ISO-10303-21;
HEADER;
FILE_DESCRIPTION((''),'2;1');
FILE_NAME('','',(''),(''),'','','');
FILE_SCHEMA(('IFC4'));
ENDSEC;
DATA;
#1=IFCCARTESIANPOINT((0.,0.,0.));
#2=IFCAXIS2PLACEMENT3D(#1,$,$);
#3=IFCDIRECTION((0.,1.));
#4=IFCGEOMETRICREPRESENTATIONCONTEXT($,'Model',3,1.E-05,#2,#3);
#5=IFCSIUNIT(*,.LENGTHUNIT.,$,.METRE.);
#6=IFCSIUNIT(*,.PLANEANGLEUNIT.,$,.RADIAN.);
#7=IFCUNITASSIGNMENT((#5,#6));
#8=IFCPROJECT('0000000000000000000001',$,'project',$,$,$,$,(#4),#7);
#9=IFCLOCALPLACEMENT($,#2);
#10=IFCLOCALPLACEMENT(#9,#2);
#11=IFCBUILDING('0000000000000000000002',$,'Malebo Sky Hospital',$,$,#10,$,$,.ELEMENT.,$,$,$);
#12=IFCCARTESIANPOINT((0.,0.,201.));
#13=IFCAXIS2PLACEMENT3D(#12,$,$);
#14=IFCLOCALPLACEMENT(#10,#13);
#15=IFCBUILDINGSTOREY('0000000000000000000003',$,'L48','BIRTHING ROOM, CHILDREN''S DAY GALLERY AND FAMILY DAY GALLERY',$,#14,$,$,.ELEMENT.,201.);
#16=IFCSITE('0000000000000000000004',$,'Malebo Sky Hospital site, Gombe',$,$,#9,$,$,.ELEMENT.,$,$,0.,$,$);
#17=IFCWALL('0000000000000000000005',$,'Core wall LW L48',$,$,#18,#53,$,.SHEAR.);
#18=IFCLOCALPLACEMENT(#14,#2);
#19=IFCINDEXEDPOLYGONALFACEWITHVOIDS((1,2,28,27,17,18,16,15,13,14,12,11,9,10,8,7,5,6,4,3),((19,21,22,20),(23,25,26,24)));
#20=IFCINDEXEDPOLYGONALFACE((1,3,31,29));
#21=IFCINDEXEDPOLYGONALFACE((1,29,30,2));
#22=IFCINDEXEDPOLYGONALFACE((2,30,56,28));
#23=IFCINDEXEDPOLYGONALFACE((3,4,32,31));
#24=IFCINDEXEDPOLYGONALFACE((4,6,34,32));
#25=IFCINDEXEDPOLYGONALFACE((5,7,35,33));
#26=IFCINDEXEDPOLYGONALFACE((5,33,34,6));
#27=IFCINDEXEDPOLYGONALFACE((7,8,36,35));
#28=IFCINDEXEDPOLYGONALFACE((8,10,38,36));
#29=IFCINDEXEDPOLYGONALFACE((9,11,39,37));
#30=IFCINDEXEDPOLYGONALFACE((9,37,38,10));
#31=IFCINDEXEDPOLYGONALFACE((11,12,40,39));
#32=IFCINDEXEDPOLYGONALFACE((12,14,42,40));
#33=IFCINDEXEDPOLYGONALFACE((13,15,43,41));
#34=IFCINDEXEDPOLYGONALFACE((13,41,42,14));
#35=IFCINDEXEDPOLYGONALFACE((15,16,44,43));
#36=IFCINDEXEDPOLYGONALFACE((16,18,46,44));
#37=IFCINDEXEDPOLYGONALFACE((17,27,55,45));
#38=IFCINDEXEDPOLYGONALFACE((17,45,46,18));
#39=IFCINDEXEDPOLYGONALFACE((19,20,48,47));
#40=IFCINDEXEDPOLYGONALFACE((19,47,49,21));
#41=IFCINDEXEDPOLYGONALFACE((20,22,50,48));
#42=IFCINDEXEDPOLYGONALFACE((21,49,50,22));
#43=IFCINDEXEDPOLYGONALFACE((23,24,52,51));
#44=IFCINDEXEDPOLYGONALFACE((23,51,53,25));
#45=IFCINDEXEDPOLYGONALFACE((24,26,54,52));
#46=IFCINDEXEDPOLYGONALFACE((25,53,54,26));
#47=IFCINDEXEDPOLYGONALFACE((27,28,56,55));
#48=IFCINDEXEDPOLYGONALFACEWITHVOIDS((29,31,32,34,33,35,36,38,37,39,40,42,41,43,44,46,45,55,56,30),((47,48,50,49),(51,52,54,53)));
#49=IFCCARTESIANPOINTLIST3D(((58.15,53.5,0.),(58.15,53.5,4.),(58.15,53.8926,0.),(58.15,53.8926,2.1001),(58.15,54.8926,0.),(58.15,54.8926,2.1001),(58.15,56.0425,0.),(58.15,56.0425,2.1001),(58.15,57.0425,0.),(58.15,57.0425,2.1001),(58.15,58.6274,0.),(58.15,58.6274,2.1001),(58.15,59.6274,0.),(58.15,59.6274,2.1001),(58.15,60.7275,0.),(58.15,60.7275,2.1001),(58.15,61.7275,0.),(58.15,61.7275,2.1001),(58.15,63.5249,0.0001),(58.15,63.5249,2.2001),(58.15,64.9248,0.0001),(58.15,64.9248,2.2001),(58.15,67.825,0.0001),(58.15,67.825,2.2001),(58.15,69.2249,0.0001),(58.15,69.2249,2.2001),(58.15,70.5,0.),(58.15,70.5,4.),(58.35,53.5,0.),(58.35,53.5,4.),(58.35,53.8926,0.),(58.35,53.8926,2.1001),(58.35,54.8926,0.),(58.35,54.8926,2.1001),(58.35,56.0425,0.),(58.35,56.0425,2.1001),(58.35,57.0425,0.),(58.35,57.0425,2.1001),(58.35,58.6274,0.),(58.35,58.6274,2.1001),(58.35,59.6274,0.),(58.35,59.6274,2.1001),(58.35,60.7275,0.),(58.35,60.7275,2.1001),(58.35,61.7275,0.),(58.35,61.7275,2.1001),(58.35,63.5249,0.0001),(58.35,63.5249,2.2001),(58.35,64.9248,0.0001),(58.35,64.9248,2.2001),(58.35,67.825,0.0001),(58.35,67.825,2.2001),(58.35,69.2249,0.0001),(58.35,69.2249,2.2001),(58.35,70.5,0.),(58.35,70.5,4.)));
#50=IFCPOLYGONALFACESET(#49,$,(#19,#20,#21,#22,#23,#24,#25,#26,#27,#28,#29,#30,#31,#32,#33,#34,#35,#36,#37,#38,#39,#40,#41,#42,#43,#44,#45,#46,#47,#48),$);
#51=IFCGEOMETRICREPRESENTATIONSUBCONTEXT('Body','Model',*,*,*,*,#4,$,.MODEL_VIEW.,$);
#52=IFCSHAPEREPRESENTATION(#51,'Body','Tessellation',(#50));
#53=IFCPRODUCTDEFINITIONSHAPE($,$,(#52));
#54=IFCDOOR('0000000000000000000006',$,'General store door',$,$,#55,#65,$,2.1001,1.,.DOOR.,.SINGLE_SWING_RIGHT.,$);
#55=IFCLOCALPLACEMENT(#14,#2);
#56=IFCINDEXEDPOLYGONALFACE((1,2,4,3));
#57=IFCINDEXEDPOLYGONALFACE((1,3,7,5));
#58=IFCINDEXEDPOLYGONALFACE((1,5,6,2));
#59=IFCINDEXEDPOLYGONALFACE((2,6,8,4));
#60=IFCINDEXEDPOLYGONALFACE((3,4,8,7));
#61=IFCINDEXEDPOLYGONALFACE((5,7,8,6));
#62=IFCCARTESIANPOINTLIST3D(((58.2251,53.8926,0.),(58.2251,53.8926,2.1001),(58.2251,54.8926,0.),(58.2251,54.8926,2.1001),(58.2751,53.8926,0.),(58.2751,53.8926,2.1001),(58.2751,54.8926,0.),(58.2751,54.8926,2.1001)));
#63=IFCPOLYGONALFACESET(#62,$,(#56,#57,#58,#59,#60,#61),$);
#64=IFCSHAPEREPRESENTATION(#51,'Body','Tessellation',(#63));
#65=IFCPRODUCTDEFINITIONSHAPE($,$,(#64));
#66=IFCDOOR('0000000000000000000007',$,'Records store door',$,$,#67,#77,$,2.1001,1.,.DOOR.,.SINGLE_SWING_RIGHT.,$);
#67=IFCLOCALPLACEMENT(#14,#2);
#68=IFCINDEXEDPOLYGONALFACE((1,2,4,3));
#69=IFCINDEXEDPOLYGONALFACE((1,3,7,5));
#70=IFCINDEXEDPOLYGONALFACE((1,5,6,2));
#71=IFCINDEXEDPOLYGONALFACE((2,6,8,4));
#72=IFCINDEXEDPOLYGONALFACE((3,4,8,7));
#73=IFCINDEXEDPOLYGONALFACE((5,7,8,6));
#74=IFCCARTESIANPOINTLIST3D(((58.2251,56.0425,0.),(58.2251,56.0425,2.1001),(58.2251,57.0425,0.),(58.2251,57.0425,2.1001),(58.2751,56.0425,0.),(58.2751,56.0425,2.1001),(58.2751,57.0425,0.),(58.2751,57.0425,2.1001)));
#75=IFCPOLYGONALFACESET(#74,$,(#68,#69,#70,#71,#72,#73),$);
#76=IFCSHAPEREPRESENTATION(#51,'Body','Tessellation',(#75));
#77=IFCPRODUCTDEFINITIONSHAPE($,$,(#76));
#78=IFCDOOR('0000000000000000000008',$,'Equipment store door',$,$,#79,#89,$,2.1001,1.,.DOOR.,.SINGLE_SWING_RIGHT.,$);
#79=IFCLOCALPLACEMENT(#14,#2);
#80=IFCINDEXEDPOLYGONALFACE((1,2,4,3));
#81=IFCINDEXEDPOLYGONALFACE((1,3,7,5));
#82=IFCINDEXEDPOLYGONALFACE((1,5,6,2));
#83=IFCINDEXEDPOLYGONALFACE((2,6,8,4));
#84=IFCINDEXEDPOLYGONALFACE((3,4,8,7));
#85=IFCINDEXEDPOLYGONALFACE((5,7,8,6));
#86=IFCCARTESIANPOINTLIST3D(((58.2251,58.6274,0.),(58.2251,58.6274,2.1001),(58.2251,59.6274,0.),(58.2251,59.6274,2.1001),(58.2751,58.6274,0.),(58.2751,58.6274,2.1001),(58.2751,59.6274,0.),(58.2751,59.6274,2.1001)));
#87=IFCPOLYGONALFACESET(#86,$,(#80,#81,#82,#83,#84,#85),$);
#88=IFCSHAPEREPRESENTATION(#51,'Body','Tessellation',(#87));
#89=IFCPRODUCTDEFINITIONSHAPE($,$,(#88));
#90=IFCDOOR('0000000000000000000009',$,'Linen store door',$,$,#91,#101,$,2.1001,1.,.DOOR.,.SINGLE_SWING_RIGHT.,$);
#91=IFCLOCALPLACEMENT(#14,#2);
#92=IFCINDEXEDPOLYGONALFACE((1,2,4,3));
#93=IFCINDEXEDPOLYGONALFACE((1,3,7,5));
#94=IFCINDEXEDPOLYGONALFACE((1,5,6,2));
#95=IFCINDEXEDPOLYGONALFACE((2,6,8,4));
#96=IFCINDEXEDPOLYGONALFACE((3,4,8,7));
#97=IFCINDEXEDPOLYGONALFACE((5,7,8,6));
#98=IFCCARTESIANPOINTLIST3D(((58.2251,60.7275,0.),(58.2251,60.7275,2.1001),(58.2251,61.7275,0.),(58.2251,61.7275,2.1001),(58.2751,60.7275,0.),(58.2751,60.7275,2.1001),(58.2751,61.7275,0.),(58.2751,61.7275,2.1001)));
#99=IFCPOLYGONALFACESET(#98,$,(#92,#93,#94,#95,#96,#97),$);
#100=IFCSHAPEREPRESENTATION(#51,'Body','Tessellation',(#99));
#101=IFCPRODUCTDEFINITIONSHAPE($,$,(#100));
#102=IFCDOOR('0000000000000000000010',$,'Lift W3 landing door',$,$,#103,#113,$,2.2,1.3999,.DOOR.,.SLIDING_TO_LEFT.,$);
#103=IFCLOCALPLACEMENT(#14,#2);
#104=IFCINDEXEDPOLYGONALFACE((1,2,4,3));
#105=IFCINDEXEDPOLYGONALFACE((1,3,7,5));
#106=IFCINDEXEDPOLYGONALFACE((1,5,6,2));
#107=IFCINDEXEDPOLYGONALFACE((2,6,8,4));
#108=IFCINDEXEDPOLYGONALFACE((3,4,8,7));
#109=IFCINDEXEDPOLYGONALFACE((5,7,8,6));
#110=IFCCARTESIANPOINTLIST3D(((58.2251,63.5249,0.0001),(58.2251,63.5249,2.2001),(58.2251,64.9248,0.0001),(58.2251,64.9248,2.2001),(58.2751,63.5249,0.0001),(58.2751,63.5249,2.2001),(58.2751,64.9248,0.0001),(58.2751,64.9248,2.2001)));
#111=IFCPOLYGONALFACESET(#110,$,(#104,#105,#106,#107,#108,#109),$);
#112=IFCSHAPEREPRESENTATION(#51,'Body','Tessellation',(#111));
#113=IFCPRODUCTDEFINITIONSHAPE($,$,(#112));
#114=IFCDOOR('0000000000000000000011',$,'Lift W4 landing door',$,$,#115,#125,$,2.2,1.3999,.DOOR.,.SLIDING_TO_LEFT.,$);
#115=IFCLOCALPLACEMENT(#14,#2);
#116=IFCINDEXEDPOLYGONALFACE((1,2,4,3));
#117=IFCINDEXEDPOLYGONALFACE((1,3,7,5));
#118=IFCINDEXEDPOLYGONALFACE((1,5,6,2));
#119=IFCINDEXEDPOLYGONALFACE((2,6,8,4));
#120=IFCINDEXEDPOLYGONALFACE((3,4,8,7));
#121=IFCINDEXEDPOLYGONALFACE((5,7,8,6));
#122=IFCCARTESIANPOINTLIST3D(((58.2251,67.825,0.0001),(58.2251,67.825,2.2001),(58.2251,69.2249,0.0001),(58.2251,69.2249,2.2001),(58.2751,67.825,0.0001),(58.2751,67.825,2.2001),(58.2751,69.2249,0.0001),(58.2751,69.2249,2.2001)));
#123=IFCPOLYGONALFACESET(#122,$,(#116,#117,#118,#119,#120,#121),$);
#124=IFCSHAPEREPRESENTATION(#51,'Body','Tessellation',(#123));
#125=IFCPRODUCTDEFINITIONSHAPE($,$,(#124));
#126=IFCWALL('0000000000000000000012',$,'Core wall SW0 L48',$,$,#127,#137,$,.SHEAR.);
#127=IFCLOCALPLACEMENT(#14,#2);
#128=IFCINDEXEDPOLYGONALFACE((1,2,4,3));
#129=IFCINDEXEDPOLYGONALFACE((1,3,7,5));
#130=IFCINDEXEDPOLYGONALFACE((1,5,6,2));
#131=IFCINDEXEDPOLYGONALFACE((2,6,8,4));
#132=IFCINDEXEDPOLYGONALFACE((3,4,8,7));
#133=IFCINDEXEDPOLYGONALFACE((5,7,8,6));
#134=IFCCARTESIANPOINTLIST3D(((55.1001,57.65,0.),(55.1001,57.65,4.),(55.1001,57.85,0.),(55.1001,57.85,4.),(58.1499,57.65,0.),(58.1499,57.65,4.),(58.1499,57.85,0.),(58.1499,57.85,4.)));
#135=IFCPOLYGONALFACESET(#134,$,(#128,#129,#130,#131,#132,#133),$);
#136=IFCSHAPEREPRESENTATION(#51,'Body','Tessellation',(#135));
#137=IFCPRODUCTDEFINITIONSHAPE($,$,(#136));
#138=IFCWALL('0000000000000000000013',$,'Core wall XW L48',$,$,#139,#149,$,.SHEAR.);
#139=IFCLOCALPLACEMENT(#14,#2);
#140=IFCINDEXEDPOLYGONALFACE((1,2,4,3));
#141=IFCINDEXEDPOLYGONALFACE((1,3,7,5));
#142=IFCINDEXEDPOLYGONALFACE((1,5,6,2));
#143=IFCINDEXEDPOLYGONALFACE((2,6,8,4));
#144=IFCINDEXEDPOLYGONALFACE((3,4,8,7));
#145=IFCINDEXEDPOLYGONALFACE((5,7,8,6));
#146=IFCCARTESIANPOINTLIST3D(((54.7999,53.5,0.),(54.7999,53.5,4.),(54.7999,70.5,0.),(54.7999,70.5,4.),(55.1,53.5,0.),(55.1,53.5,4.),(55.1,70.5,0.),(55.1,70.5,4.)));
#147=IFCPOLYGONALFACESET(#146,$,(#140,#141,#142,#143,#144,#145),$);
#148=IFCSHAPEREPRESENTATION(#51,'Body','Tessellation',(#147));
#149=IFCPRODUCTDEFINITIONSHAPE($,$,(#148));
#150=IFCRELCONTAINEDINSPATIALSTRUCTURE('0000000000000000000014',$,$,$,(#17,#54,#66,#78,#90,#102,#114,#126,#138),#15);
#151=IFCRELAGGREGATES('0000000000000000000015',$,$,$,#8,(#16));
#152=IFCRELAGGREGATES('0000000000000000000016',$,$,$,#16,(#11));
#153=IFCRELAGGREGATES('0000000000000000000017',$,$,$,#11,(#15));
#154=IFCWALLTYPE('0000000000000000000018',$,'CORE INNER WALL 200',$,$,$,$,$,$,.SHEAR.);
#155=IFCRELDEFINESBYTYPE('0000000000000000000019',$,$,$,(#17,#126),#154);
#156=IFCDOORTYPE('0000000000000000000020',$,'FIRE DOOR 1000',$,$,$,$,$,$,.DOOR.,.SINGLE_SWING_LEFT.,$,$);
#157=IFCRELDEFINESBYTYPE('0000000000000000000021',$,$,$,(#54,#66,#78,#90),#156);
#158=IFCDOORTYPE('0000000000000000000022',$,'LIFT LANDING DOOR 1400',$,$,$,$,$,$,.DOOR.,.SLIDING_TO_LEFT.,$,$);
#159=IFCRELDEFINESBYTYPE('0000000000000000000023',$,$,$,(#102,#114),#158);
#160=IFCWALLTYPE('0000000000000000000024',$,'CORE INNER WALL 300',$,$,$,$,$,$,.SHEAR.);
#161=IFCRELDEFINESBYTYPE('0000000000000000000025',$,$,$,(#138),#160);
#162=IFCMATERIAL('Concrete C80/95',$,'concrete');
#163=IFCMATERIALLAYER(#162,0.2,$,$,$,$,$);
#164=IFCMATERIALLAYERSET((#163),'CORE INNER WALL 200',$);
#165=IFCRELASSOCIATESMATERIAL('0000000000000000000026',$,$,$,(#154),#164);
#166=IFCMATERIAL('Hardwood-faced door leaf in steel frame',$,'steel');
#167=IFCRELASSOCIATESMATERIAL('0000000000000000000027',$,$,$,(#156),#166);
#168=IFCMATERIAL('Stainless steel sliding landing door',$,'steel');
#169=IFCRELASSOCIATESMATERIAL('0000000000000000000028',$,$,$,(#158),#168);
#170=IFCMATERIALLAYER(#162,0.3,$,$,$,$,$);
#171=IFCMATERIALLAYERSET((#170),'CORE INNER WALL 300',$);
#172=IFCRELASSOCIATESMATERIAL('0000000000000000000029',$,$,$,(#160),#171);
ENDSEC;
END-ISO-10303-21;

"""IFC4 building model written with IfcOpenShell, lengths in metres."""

from ifc_helpers import new_model, si_unit, direction, frame, frame_2d, origin, place, context, subcontext, project, spatial, rectangle, extrude, material, layer, layer_set, type_object, element, fill, save


model = new_model("IFC4")

# Units and contexts
model_context = context("Model", 3, precision=1e-05, world=origin(), true_north=direction((0.0, 1.0)))
body_context = subcontext(model_context, "Body", "Model", "MODEL_VIEW")
ifc_project = project(units=[si_unit("LENGTHUNIT", "METRE"), si_unit("PLANEANGLEUNIT", "RADIAN")], contexts=[model_context])

# Site, building, storey
site_placement = place(None, origin())
site = spatial("IfcSite", under=ifc_project, at=site_placement, Name="Malebo Sky Hospital site, Gombe", CompositionType="ELEMENT", RefElevation=0.0)
building_placement = place(site_placement, origin())
building = spatial("IfcBuilding", under=site, at=building_placement, Name="Malebo Sky Hospital", CompositionType="ELEMENT")
storey_placement = place(building_placement, frame((0.0, 0.0, 201.0)))
storey = spatial("IfcBuildingStorey", under=building, at=storey_placement, Name="L48", Description="BIRTHING ROOM, CHILDREN'S DAY GALLERY AND FAMILY DAY GALLERY", CompositionType="ELEMENT", Elevation=201.0)

# Wall, openings, doors
ifc_material_1 = material(Name="Concrete C80/95", Category="concrete")
ifc_layer_1 = layer(ifc_material_1, 0.2)
ifc_layer_set_1 = layer_set([ifc_layer_1], Name="CORE INNER WALL 200")
wall_type_1 = type_object("IfcWallType", Name="CORE INNER WALL 200", PredefinedType="SHEAR", material=ifc_layer_set_1)
wall_1_placement = place(storey_placement, frame((58.25, 53.5, 0.0), z_axis=(0.0, 0.0, 1.0), x_axis=(0.0, 1.0, 0.0)))
wall_1 = element("IfcWall", 1, at=wall_1_placement, inside=storey, type_object=wall_type_1, Name="Core wall LW L48", PredefinedType="SHEAR", context=body_context, shape_type="SweptSolid", body=[
    extrude(rectangle(XDim=17.0, YDim=0.2, at=frame_2d((8.5, 0.0))), origin(), (0.0, 0.0, 1.0), 4.0),
])
opening_1_placement = place(wall_1_placement, frame((0.3926, 0.0, 0.0)))
opening_1 = element("IfcOpeningElement", 2, at=opening_1_placement, cuts=wall_1, PredefinedType="OPENING", context=body_context, shape_type="SweptSolid", body=[
    extrude(rectangle(XDim=1.0, YDim=2.1001, at=frame_2d((0.5, 1.05))), frame((0.0, 0.1099, 0.0), z_axis=(0.0, -1.0, 0.0), x_axis=(1.0, 0.0, 0.0)), (0.0, 0.0, 1.0), 0.22),
])
opening_2_placement = place(wall_1_placement, frame((2.5425, 0.0, 0.0)))
opening_2 = element("IfcOpeningElement", 3, at=opening_2_placement, cuts=wall_1, PredefinedType="OPENING", context=body_context, shape_type="SweptSolid", body=[
    extrude(rectangle(XDim=1.0, YDim=2.1001, at=frame_2d((0.5, 1.05))), frame((0.0, 0.1099, 0.0), z_axis=(0.0, -1.0, 0.0), x_axis=(1.0, 0.0, 0.0)), (0.0, 0.0, 1.0), 0.22),
])
opening_3_placement = place(wall_1_placement, frame((5.1274, 0.0, 0.0)))
opening_3 = element("IfcOpeningElement", 4, at=opening_3_placement, cuts=wall_1, PredefinedType="OPENING", context=body_context, shape_type="SweptSolid", body=[
    extrude(rectangle(XDim=1.0, YDim=2.1001, at=frame_2d((0.5, 1.05))), frame((0.0, 0.1099, 0.0), z_axis=(0.0, -1.0, 0.0), x_axis=(1.0, 0.0, 0.0)), (0.0, 0.0, 1.0), 0.22),
])
opening_4_placement = place(wall_1_placement, frame((7.2275, 0.0, 0.0)))
opening_4 = element("IfcOpeningElement", 5, at=opening_4_placement, cuts=wall_1, PredefinedType="OPENING", context=body_context, shape_type="SweptSolid", body=[
    extrude(rectangle(XDim=1.0, YDim=2.1001, at=frame_2d((0.5, 1.05))), frame((0.0, 0.1099, 0.0), z_axis=(0.0, -1.0, 0.0), x_axis=(1.0, 0.0, 0.0)), (0.0, 0.0, 1.0), 0.22),
])
opening_5_placement = place(wall_1_placement, frame((10.0249, 0.0, 0.0)))
opening_5 = element("IfcOpeningElement", 6, at=opening_5_placement, cuts=wall_1, PredefinedType="OPENING", context=body_context, shape_type="SweptSolid", body=[
    extrude(rectangle(XDim=1.3999, YDim=2.2, at=frame_2d((0.7, 1.1001))), frame((0.0, 0.1099, 0.0), z_axis=(0.0, -1.0, 0.0), x_axis=(1.0, 0.0, 0.0)), (0.0, 0.0, 1.0), 0.22),
])
opening_6_placement = place(wall_1_placement, frame((14.325, 0.0, 0.0)))
opening_6 = element("IfcOpeningElement", 7, at=opening_6_placement, cuts=wall_1, PredefinedType="OPENING", context=body_context, shape_type="SweptSolid", body=[
    extrude(rectangle(XDim=1.3999, YDim=2.2, at=frame_2d((0.7, 1.1001))), frame((0.0, 0.1099, 0.0), z_axis=(0.0, -1.0, 0.0), x_axis=(1.0, 0.0, 0.0)), (0.0, 0.0, 1.0), 0.22),
])
ifc_material_2 = material(Name="Hardwood-faced door leaf in steel frame", Category="steel")
door_type_1 = type_object("IfcDoorType", Name="FIRE DOOR 1000", OperationType="SINGLE_SWING_LEFT", PredefinedType="DOOR", material=ifc_material_2)
door_1_placement = place(opening_1_placement, origin())
door_1 = element("IfcDoor", 8, at=door_1_placement, inside=storey, type_object=door_type_1, Name="General store door", OperationType="SINGLE_SWING_RIGHT", OverallHeight=2.1001, OverallWidth=1.0, PredefinedType="DOOR", context=body_context, shape_type="SweptSolid", body=[
    extrude(rectangle(XDim=1.0, YDim=2.1001, at=frame_2d((0.5, 1.05))), frame((0.0, 0.0249, 0.0), z_axis=(0.0, -1.0, 0.0), x_axis=(1.0, 0.0, 0.0)), (0.0, 0.0, 1.0), 0.05),
])
fill(opening_1, door_1)
door_2_placement = place(opening_2_placement, origin())
door_2 = element("IfcDoor", 9, at=door_2_placement, inside=storey, type_object=door_type_1, Name="Records store door", OperationType="SINGLE_SWING_RIGHT", OverallHeight=2.1001, OverallWidth=1.0, PredefinedType="DOOR", context=body_context, shape_type="SweptSolid", body=[
    extrude(rectangle(XDim=1.0, YDim=2.1001, at=frame_2d((0.5, 1.05))), frame((0.0, 0.0249, 0.0), z_axis=(0.0, -1.0, 0.0), x_axis=(1.0, 0.0, 0.0)), (0.0, 0.0, 1.0), 0.05),
])
fill(opening_2, door_2)
door_3_placement = place(opening_3_placement, origin())
door_3 = element("IfcDoor", 10, at=door_3_placement, inside=storey, type_object=door_type_1, Name="Equipment store door", OperationType="SINGLE_SWING_RIGHT", OverallHeight=2.1001, OverallWidth=1.0, PredefinedType="DOOR", context=body_context, shape_type="SweptSolid", body=[
    extrude(rectangle(XDim=1.0, YDim=2.1001, at=frame_2d((0.5, 1.05))), frame((0.0, 0.0249, 0.0), z_axis=(0.0, -1.0, 0.0), x_axis=(1.0, 0.0, 0.0)), (0.0, 0.0, 1.0), 0.05),
])
fill(opening_3, door_3)
door_4_placement = place(opening_4_placement, origin())
door_4 = element("IfcDoor", 11, at=door_4_placement, inside=storey, type_object=door_type_1, Name="Linen store door", OperationType="SINGLE_SWING_RIGHT", OverallHeight=2.1001, OverallWidth=1.0, PredefinedType="DOOR", context=body_context, shape_type="SweptSolid", body=[
    extrude(rectangle(XDim=1.0, YDim=2.1001, at=frame_2d((0.5, 1.05))), frame((0.0, 0.0249, 0.0), z_axis=(0.0, -1.0, 0.0), x_axis=(1.0, 0.0, 0.0)), (0.0, 0.0, 1.0), 0.05),
])
fill(opening_4, door_4)
ifc_material_3 = material(Name="Stainless steel sliding landing door", Category="steel")
door_type_2 = type_object("IfcDoorType", Name="LIFT LANDING DOOR 1400", OperationType="SLIDING_TO_LEFT", PredefinedType="DOOR", material=ifc_material_3)
door_5_placement = place(opening_5_placement, origin())
door_5 = element("IfcDoor", 12, at=door_5_placement, inside=storey, type_object=door_type_2, Name="Lift W3 landing door", OperationType="SLIDING_TO_LEFT", OverallHeight=2.2, OverallWidth=1.3999, PredefinedType="DOOR", context=body_context, shape_type="SweptSolid", body=[
    extrude(rectangle(XDim=1.3999, YDim=2.2, at=frame_2d((0.7, 1.1001))), frame((0.0, 0.0249, 0.0), z_axis=(0.0, -1.0, 0.0), x_axis=(1.0, 0.0, 0.0)), (0.0, 0.0, 1.0), 0.05),
])
fill(opening_5, door_5)
door_6_placement = place(opening_6_placement, origin())
door_6 = element("IfcDoor", 13, at=door_6_placement, inside=storey, type_object=door_type_2, Name="Lift W4 landing door", OperationType="SLIDING_TO_LEFT", OverallHeight=2.2, OverallWidth=1.3999, PredefinedType="DOOR", context=body_context, shape_type="SweptSolid", body=[
    extrude(rectangle(XDim=1.3999, YDim=2.2, at=frame_2d((0.7, 1.1001))), frame((0.0, 0.0249, 0.0), z_axis=(0.0, -1.0, 0.0), x_axis=(1.0, 0.0, 0.0)), (0.0, 0.0, 1.0), 0.05),
])
fill(opening_6, door_6)

# Walls
wall_2_placement = place(storey_placement, frame((55.1001, 57.75, 0.0), z_axis=(0.0, 0.0, 1.0), x_axis=(1.0, 0.0, 0.0)))
element("IfcWall", 14, at=wall_2_placement, inside=storey, type_object=wall_type_1, Name="Core wall SW0 L48", PredefinedType="SHEAR", context=body_context, shape_type="SweptSolid", body=[
    extrude(rectangle(XDim=3.0498, YDim=0.2, at=frame_2d((1.5249, 0.0))), origin(), (0.0, 0.0, 1.0), 4.0),
])
ifc_layer_2 = layer(ifc_material_1, 0.3)
ifc_layer_set_2 = layer_set([ifc_layer_2], Name="CORE INNER WALL 300")
wall_type_2 = type_object("IfcWallType", Name="CORE INNER WALL 300", PredefinedType="SHEAR", material=ifc_layer_set_2)
wall_3_placement = place(storey_placement, frame((54.95, 53.5, 0.0), z_axis=(0.0, 0.0, 1.0), x_axis=(0.0, 1.0, 0.0)))
element("IfcWall", 15, at=wall_3_placement, inside=storey, type_object=wall_type_2, Name="Core wall XW L48", PredefinedType="SHEAR", context=body_context, shape_type="SweptSolid", body=[
    extrude(rectangle(XDim=17.0, YDim=0.3, at=frame_2d((8.5, 0.0))), origin(), (0.0, 0.0, 1.0), 4.0),
])

save(model, "model.ifc")
